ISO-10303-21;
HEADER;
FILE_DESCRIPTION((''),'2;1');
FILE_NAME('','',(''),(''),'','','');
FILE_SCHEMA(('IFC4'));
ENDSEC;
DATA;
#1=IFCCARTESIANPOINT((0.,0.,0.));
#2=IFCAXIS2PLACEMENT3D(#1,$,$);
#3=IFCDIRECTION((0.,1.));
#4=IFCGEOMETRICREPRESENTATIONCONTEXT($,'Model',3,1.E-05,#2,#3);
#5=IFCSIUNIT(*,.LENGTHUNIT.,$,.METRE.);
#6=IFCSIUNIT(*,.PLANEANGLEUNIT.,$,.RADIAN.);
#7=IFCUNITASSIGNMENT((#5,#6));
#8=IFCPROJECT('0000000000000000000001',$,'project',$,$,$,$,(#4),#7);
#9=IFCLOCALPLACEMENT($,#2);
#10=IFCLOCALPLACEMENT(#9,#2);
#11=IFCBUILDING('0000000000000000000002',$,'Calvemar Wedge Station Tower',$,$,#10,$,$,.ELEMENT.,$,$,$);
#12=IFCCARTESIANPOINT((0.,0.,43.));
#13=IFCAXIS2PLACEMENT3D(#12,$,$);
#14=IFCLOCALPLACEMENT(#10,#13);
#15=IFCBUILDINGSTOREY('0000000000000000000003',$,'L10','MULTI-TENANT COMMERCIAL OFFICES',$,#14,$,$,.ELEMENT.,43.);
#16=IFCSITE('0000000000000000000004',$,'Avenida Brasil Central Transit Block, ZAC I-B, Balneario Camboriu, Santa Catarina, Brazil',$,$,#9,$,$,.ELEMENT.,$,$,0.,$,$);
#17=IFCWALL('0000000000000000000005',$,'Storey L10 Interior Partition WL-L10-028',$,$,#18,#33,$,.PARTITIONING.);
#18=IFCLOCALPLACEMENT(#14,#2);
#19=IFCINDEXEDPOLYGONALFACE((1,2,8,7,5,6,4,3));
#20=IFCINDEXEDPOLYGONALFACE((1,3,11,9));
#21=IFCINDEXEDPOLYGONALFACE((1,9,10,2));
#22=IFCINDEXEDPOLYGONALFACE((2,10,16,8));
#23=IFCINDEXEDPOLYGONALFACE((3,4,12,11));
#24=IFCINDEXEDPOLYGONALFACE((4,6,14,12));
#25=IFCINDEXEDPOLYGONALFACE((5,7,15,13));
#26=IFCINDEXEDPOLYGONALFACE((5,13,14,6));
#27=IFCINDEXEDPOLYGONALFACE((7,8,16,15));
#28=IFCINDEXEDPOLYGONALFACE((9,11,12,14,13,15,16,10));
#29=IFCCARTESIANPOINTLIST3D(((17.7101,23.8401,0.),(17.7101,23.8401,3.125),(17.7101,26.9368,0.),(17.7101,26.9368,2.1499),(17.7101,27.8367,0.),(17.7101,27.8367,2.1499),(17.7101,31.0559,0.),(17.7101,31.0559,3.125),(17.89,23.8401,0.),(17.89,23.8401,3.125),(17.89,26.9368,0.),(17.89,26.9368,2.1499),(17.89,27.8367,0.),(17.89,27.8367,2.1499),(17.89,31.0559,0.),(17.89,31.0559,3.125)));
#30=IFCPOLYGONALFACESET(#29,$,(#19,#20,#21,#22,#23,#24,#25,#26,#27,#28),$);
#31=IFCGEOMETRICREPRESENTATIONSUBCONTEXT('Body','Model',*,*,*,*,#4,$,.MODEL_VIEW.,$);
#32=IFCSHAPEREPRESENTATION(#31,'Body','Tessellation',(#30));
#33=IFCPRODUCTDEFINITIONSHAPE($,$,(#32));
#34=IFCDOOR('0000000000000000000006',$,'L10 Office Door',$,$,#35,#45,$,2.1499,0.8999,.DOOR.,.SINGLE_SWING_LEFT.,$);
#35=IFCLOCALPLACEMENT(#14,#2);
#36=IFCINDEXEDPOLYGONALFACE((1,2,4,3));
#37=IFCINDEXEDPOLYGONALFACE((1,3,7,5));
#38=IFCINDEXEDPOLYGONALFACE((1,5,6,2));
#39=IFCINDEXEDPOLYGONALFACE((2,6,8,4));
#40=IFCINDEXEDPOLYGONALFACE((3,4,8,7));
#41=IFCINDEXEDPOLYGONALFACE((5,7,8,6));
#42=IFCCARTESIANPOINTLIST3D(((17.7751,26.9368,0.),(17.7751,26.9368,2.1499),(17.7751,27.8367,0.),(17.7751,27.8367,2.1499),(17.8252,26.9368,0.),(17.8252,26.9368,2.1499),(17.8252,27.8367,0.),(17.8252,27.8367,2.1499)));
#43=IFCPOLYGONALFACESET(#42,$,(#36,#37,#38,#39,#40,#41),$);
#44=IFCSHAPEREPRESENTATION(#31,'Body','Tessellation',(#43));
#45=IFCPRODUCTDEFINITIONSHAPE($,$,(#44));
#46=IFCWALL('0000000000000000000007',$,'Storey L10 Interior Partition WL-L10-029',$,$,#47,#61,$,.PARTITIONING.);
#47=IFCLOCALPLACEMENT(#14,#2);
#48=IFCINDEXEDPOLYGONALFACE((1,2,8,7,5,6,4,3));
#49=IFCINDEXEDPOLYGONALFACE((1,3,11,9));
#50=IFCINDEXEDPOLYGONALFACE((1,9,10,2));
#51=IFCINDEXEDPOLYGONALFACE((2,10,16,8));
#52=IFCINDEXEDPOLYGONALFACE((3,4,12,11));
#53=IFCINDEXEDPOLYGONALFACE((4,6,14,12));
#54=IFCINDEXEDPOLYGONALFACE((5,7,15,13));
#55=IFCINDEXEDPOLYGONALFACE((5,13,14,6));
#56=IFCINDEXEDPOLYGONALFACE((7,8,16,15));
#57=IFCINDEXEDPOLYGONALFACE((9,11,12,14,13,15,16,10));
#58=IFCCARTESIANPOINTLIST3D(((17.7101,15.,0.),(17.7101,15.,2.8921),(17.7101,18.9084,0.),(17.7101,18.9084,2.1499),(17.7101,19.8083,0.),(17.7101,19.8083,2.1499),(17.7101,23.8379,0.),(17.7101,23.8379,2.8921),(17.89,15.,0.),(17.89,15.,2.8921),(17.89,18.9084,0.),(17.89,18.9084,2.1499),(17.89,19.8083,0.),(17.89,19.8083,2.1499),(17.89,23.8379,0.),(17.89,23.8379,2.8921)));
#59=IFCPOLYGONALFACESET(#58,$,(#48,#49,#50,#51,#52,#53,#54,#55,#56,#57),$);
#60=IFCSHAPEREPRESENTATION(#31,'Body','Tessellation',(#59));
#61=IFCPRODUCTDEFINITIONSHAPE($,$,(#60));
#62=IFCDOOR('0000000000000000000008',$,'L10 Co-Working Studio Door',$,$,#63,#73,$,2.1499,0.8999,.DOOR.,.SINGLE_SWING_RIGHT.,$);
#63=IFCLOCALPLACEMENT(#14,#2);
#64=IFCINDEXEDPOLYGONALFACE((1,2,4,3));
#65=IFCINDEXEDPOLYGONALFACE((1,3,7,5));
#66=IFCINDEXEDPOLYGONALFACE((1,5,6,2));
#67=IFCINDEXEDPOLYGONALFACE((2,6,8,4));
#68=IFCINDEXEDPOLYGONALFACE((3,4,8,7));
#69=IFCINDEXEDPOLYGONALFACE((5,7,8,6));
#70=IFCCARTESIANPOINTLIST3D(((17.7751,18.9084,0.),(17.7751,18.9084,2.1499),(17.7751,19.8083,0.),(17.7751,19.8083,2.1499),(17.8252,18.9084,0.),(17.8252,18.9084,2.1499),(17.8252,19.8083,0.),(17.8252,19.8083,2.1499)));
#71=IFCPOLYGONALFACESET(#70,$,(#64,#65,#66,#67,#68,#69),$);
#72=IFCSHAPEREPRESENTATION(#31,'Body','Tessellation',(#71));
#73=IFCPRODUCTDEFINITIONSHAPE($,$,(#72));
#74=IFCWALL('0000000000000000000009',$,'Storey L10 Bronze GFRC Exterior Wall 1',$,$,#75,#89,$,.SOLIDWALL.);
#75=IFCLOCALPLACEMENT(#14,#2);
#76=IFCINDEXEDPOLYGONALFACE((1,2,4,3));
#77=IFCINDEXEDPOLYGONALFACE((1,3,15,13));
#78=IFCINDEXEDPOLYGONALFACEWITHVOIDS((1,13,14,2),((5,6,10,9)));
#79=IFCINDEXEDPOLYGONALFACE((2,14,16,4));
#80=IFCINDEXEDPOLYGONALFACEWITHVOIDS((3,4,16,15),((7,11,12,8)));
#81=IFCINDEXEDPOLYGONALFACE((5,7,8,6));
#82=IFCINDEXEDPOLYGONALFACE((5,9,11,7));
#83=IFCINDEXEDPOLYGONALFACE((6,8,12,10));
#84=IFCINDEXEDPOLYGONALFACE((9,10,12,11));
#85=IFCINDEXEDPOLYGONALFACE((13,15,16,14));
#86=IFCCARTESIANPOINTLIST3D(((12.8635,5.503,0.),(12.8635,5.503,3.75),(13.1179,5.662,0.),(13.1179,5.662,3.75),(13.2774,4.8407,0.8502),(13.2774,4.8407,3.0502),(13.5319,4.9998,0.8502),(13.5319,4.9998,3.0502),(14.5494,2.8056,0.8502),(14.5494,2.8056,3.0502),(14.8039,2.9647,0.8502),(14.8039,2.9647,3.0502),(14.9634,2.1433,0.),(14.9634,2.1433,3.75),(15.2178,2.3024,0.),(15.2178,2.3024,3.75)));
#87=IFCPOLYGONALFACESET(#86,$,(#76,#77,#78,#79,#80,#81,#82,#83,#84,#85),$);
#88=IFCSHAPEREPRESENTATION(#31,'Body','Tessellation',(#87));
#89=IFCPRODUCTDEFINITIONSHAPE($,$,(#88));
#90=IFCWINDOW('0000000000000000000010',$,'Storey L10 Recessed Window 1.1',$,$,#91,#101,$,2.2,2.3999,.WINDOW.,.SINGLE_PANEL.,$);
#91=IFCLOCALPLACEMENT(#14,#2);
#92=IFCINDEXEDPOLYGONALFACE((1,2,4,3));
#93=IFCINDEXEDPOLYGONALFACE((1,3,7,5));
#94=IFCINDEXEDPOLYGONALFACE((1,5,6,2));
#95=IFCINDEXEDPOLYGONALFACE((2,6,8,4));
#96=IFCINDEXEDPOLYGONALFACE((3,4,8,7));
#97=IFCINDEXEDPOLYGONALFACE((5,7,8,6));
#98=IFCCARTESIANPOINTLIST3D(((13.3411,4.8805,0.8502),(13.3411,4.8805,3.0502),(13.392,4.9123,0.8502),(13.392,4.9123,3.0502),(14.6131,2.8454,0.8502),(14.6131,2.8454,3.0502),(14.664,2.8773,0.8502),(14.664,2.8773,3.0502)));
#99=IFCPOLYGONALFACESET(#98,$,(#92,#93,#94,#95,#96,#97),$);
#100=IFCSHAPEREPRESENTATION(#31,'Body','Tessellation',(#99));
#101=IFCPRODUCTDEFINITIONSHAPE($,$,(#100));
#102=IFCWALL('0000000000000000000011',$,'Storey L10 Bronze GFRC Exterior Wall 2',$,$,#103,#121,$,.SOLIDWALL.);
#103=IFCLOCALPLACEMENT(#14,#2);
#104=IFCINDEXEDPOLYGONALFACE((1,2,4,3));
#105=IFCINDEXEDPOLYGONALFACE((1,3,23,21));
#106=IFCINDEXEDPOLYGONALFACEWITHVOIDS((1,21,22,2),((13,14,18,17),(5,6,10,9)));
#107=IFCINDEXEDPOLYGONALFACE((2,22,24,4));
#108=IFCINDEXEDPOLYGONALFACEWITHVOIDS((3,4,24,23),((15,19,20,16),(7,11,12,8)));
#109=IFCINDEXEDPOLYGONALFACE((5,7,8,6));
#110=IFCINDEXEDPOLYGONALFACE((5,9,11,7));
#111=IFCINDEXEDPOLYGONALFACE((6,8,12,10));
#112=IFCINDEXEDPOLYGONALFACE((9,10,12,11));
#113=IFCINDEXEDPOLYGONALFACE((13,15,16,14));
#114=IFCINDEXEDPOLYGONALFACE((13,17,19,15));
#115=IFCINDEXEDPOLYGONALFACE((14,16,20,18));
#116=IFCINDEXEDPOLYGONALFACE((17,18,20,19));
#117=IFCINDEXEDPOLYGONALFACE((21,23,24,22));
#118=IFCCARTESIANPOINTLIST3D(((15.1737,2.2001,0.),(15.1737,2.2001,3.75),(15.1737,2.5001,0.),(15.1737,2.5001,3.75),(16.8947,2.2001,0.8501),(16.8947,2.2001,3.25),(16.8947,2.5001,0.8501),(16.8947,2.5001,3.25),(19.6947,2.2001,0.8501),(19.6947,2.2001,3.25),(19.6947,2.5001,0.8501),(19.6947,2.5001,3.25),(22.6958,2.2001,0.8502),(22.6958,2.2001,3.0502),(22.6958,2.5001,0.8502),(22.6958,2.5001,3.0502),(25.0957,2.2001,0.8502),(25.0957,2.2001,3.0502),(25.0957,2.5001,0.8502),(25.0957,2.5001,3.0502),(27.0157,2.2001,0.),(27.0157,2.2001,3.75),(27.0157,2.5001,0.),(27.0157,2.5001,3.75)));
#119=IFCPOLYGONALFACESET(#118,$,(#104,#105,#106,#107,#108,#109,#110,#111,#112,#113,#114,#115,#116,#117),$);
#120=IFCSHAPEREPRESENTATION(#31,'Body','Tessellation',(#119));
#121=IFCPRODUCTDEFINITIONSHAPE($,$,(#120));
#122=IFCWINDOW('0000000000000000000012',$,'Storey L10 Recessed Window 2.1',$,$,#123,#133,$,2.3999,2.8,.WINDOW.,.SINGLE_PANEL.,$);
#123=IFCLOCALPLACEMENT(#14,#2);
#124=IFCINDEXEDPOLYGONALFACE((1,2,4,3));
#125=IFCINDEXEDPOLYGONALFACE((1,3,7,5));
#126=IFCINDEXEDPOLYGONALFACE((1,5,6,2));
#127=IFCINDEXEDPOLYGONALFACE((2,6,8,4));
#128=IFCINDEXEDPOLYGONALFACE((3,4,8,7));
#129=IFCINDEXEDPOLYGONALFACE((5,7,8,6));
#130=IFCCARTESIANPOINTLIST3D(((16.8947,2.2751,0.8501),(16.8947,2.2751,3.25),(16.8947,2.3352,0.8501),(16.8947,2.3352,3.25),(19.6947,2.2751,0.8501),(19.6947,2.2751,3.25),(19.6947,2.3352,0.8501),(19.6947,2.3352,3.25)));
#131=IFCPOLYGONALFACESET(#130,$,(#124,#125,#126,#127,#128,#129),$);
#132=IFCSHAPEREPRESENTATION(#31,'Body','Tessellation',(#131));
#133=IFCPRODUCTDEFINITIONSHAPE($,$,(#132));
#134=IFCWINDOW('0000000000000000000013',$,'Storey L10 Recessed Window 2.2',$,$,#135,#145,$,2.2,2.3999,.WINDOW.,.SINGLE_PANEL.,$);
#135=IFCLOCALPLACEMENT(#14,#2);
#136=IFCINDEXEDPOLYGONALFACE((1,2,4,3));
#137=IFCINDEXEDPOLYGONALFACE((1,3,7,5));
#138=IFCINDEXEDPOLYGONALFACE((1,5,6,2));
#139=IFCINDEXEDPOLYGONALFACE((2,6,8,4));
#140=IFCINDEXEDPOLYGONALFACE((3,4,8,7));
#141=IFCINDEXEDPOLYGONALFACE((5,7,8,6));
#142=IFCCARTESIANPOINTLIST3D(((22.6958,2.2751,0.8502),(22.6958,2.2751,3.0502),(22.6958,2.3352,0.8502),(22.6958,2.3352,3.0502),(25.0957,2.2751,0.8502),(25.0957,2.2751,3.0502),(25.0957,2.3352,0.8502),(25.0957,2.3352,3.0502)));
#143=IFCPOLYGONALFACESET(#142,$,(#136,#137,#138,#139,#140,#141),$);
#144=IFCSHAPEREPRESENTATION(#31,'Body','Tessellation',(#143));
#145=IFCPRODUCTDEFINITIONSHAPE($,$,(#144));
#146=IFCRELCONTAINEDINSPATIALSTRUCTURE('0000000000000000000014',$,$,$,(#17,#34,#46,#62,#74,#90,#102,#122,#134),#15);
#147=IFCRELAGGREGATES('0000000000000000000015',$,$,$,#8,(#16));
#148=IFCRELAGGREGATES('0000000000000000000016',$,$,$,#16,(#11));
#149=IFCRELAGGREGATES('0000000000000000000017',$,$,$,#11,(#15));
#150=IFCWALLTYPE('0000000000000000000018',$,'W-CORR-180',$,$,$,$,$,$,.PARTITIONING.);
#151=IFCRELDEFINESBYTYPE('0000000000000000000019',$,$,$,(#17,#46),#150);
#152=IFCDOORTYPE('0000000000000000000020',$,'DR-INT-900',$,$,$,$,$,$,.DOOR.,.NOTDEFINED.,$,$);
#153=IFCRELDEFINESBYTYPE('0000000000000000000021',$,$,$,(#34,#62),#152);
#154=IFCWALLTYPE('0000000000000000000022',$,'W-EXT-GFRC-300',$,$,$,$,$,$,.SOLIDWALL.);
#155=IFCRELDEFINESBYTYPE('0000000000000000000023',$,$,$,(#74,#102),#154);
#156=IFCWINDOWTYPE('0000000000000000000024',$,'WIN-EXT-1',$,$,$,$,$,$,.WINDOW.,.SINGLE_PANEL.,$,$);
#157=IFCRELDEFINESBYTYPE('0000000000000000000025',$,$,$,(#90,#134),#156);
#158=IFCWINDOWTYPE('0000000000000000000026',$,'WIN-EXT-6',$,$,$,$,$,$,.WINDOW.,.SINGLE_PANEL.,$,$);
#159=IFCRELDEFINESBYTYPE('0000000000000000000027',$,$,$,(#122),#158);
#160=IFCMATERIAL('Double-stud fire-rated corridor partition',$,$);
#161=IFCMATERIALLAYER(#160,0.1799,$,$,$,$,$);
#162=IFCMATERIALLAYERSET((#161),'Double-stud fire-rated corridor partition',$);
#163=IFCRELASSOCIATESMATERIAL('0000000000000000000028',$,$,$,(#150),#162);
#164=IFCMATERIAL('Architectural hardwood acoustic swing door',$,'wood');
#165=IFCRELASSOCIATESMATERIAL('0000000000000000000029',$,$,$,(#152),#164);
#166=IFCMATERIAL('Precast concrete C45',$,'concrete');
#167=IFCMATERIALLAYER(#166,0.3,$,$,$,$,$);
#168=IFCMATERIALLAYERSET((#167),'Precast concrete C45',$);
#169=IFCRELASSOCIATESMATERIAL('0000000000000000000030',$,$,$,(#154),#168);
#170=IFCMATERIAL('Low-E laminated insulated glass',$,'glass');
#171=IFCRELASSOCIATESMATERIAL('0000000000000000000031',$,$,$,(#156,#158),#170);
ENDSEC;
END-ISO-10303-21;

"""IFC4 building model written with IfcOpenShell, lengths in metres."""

from ifc_helpers import new_model, si_unit, direction, frame, frame_2d, origin, place, context, subcontext, project, spatial, rectangle, extrude, source, transform, mapped, material, layer, layer_set, type_object, element, fill, save


model = new_model("IFC4")

# Units and contexts
model_context = context("Model", 3, precision=1e-05, world=origin(), true_north=direction((0.0, 1.0)))
body_context = subcontext(model_context, "Body", "Model", "MODEL_VIEW")
ifc_project = project(units=[si_unit("LENGTHUNIT", "METRE"), si_unit("PLANEANGLEUNIT", "RADIAN")], contexts=[model_context])

# Site, building, storey
site_placement = place(None, origin())
site = spatial("IfcSite", under=ifc_project, at=site_placement, Name="Avenida Brasil Central Transit Block, ZAC I-B, Balneario Camboriu, Santa Catarina, Brazil", CompositionType="ELEMENT", RefElevation=0.0)
building_placement = place(site_placement, origin())
building = spatial("IfcBuilding", under=site, at=building_placement, Name="Calvemar Wedge Station Tower", CompositionType="ELEMENT")
storey_placement = place(building_placement, frame((0.0, 0.0, 43.0)))
storey = spatial("IfcBuildingStorey", under=building, at=storey_placement, Name="L10", Description="MULTI-TENANT COMMERCIAL OFFICES", CompositionType="ELEMENT", Elevation=43.0)

# Walls, openings, doors
ifc_material_1 = material(Name="Double-stud fire-rated corridor partition")
ifc_layer_1 = layer(ifc_material_1, 0.1799)
ifc_layer_set_1 = layer_set([ifc_layer_1], Name="Double-stud fire-rated corridor partition")
wall_type_1 = type_object("IfcWallType", Name="W-CORR-180", PredefinedType="PARTITIONING", material=ifc_layer_set_1)
wall_1_placement = place(storey_placement, frame((17.8, 23.8401, 0.0), z_axis=(0.0, 0.0, 1.0), x_axis=(0.0, 1.0, 0.0)))
wall_1 = element("IfcWall", 1, at=wall_1_placement, inside=storey, type_object=wall_type_1, Name="Storey L10 Interior Partition WL-L10-028", PredefinedType="PARTITIONING", context=body_context, shape_type="SweptSolid", body=[
    extrude(rectangle(XDim=7.2158, YDim=0.1799, at=frame_2d((3.6079, 0.0))), origin(), (0.0, 0.0, 1.0), 3.125),
])
shared_shape_1 = source(origin(), body_context, "Body", "SweptSolid", [
    extrude(rectangle(XDim=0.8999, YDim=2.1499, at=frame_2d((0.45, 1.075))), frame((0.0, 0.1001, 0.0), z_axis=(0.0, -1.0, 0.0), x_axis=(1.0, 0.0, 0.0)), (0.0, 0.0, 1.0), 0.2),
])
opening_1_placement = place(wall_1_placement, frame((3.0967, 0.0, 0.0)))
opening_1 = element("IfcOpeningElement", 2, at=opening_1_placement, cuts=wall_1, PredefinedType="OPENING", context=body_context, shape_type="MappedRepresentation", body=[
    mapped(shared_shape_1, transform((0.0, 0.0, 0.0), scale=1.0)),
])
ifc_material_2 = material(Name="Architectural hardwood acoustic swing door", Category="wood")
door_type = type_object("IfcDoorType", Name="DR-INT-900", OperationType="NOTDEFINED", PredefinedType="DOOR", material=ifc_material_2)
shared_shape_2 = source(origin(), body_context, "Body", "SweptSolid", [
    extrude(rectangle(XDim=0.8999, YDim=2.1499, at=frame_2d((0.45, 1.075))), frame((0.0, 0.0249, 0.0), z_axis=(0.0, -1.0, 0.0), x_axis=(1.0, 0.0, 0.0)), (0.0, 0.0, 1.0), 0.05),
])
door_1_placement = place(opening_1_placement, origin())
door_1 = element("IfcDoor", 3, at=door_1_placement, inside=storey, type_object=door_type, Name="L10 Office Door", OperationType="SINGLE_SWING_LEFT", OverallHeight=2.1499, OverallWidth=0.8999, PredefinedType="DOOR", context=body_context, shape_type="MappedRepresentation", body=[
    mapped(shared_shape_2, transform((0.0, 0.0, 0.0), scale=1.0)),
])
fill(opening_1, door_1)
wall_2_placement = place(storey_placement, frame((17.8, 15.0, 0.0), z_axis=(0.0, 0.0, 1.0), x_axis=(0.0, 1.0, 0.0)))
wall_2 = element("IfcWall", 4, at=wall_2_placement, inside=storey, type_object=wall_type_1, Name="Storey L10 Interior Partition WL-L10-029", PredefinedType="PARTITIONING", context=body_context, shape_type="SweptSolid", body=[
    extrude(rectangle(XDim=8.8379, YDim=0.1799, at=frame_2d((4.4189, 0.0))), origin(), (0.0, 0.0, 1.0), 2.8921),
])
opening_2_placement = place(wall_2_placement, frame((3.9084, 0.0, 0.0)))
opening_2 = element("IfcOpeningElement", 5, at=opening_2_placement, cuts=wall_2, PredefinedType="OPENING", context=body_context, shape_type="MappedRepresentation", body=[
    mapped(shared_shape_1, transform((0.0, 0.0, 0.0), scale=1.0)),
])
door_2_placement = place(opening_2_placement, origin())
door_2 = element("IfcDoor", 6, at=door_2_placement, inside=storey, type_object=door_type, Name="L10 Co-Working Studio Door", OperationType="SINGLE_SWING_RIGHT", OverallHeight=2.1499, OverallWidth=0.8999, PredefinedType="DOOR", context=body_context, shape_type="MappedRepresentation", body=[
    mapped(shared_shape_2, transform((0.0, 0.0, 0.0), scale=1.0)),
])
fill(opening_2, door_2)

# Wall, opening, window
ifc_material_3 = material(Name="Precast concrete C45", Category="concrete")
ifc_layer_2 = layer(ifc_material_3, 0.3)
ifc_layer_set_2 = layer_set([ifc_layer_2], Name="Precast concrete C45")
wall_type_2 = type_object("IfcWallType", Name="W-EXT-GFRC-300", PredefinedType="SOLIDWALL", material=ifc_layer_set_2)
wall_3_placement = place(storey_placement, frame((12.9907, 5.5825, 0.0), z_axis=(0.0, 0.0, 1.0), x_axis=(0.530016, -0.847988, 0.0)))
wall_3 = element("IfcWall", 7, at=wall_3_placement, inside=storey, type_object=wall_type_2, Name="Storey L10 Bronze GFRC Exterior Wall 1", PredefinedType="SOLIDWALL", context=body_context, shape_type="SweptSolid", body=[
    extrude(rectangle(XDim=3.9619, YDim=0.3, at=frame_2d((1.981, 0.0))), origin(), (0.0, 0.0, 1.0), 3.75),
])
shared_shape_3 = source(origin(), body_context, "Body", "SweptSolid", [
    extrude(rectangle(XDim=2.3999, YDim=2.2, at=frame_2d((1.2, 1.1001))), frame((0.0, 0.1602, 0.0), z_axis=(0.0, -1.0, 0.0), x_axis=(1.0, 0.0, 0.0)), (0.0, 0.0, 1.0), 0.3201),
])
opening_3_placement = place(wall_3_placement, frame((0.781, 0.0, 0.8501)))
opening_3 = element("IfcOpeningElement", 8, at=opening_3_placement, cuts=wall_3, PredefinedType="OPENING", context=body_context, shape_type="MappedRepresentation", body=[
    mapped(shared_shape_3, transform((0.0, 0.0, 0.0), scale=1.0)),
])
ifc_material_4 = material(Name="Low-E laminated insulated glass", Category="glass")
window_type_1 = type_object("IfcWindowType", Name="WIN-EXT-1", PartitioningType="SINGLE_PANEL", PredefinedType="WINDOW", material=ifc_material_4)
shared_shape_4 = source(origin(), body_context, "Body", "SweptSolid", [
    extrude(rectangle(XDim=2.3999, YDim=2.2, at=frame_2d((1.2, 1.1001))), frame((0.0, -0.0149, 0.0), z_axis=(0.0, -1.0, 0.0), x_axis=(1.0, 0.0, 0.0)), (0.0, 0.0, 1.0), 0.0601),
])
window_1_placement = place(opening_3_placement, origin())
window_1 = element("IfcWindow", 9, at=window_1_placement, inside=storey, type_object=window_type_1, Name="Storey L10 Recessed Window 1.1", OverallHeight=2.2, OverallWidth=2.3999, PartitioningType="SINGLE_PANEL", PredefinedType="WINDOW", context=body_context, shape_type="MappedRepresentation", body=[
    mapped(shared_shape_4, transform((0.0, 0.0, 0.0), scale=1.0)),
])
fill(opening_3, window_1)

# Wall, openings, windows
wall_4_placement = place(storey_placement, frame((15.1738, 2.3501, 0.0), z_axis=(0.0, 0.0, 1.0), x_axis=(1.0, 0.0, 0.0)))
wall_4 = element("IfcWall", 10, at=wall_4_placement, inside=storey, type_object=wall_type_2, Name="Storey L10 Bronze GFRC Exterior Wall 2", PredefinedType="SOLIDWALL", context=body_context, shape_type="SweptSolid", body=[
    extrude(rectangle(XDim=11.842, YDim=0.3, at=frame_2d((5.9209, 0.0))), origin(), (0.0, 0.0, 1.0), 3.75),
])
shared_shape_5 = source(origin(), body_context, "Body", "SweptSolid", [
    extrude(rectangle(XDim=2.8, YDim=2.3999, at=frame_2d((1.3999, 1.2))), frame((0.0, 0.1602, 0.0), z_axis=(0.0, -1.0, 0.0), x_axis=(1.0, 0.0, 0.0)), (0.0, 0.0, 1.0), 0.3201),
])
opening_4_placement = place(wall_4_placement, frame((1.7209, 0.0, 0.8501)))
opening_4 = element("IfcOpeningElement", 11, at=opening_4_placement, cuts=wall_4, PredefinedType="OPENING", context=body_context, shape_type="MappedRepresentation", body=[
    mapped(shared_shape_5, transform((0.0, 0.0, 0.0), scale=1.0)),
])
opening_5_placement = place(wall_4_placement, frame((7.522, 0.0, 0.8501)))
opening_5 = element("IfcOpeningElement", 12, at=opening_5_placement, cuts=wall_4, PredefinedType="OPENING", context=body_context, shape_type="MappedRepresentation", body=[
    mapped(shared_shape_3, transform((0.0, 0.0, 0.0), scale=1.0)),
])
window_type_2 = type_object("IfcWindowType", Name="WIN-EXT-6", PartitioningType="SINGLE_PANEL", PredefinedType="WINDOW", material=ifc_material_4)
shared_shape_6 = source(origin(), body_context, "Body", "SweptSolid", [
    extrude(rectangle(XDim=2.8, YDim=2.3999, at=frame_2d((1.3999, 1.2))), frame((0.0, -0.0149, 0.0), z_axis=(0.0, -1.0, 0.0), x_axis=(1.0, 0.0, 0.0)), (0.0, 0.0, 1.0), 0.0601),
])
window_2_placement = place(opening_4_placement, origin())
window_2 = element("IfcWindow", 13, at=window_2_placement, inside=storey, type_object=window_type_2, Name="Storey L10 Recessed Window 2.1", OverallHeight=2.3999, OverallWidth=2.8, PartitioningType="SINGLE_PANEL", PredefinedType="WINDOW", context=body_context, shape_type="MappedRepresentation", body=[
    mapped(shared_shape_6, transform((0.0, 0.0, 0.0), scale=1.0)),
])
fill(opening_4, window_2)
window_3_placement = place(opening_5_placement, origin())
window_3 = element("IfcWindow", 14, at=window_3_placement, inside=storey, type_object=window_type_1, Name="Storey L10 Recessed Window 2.2", OverallHeight=2.2, OverallWidth=2.3999, PartitioningType="SINGLE_PANEL", PredefinedType="WINDOW", context=body_context, shape_type="MappedRepresentation", body=[
    mapped(shared_shape_4, transform((0.0, 0.0, 0.0), scale=1.0)),
])
fill(opening_5, window_3)

save(model, "model.ifc")
